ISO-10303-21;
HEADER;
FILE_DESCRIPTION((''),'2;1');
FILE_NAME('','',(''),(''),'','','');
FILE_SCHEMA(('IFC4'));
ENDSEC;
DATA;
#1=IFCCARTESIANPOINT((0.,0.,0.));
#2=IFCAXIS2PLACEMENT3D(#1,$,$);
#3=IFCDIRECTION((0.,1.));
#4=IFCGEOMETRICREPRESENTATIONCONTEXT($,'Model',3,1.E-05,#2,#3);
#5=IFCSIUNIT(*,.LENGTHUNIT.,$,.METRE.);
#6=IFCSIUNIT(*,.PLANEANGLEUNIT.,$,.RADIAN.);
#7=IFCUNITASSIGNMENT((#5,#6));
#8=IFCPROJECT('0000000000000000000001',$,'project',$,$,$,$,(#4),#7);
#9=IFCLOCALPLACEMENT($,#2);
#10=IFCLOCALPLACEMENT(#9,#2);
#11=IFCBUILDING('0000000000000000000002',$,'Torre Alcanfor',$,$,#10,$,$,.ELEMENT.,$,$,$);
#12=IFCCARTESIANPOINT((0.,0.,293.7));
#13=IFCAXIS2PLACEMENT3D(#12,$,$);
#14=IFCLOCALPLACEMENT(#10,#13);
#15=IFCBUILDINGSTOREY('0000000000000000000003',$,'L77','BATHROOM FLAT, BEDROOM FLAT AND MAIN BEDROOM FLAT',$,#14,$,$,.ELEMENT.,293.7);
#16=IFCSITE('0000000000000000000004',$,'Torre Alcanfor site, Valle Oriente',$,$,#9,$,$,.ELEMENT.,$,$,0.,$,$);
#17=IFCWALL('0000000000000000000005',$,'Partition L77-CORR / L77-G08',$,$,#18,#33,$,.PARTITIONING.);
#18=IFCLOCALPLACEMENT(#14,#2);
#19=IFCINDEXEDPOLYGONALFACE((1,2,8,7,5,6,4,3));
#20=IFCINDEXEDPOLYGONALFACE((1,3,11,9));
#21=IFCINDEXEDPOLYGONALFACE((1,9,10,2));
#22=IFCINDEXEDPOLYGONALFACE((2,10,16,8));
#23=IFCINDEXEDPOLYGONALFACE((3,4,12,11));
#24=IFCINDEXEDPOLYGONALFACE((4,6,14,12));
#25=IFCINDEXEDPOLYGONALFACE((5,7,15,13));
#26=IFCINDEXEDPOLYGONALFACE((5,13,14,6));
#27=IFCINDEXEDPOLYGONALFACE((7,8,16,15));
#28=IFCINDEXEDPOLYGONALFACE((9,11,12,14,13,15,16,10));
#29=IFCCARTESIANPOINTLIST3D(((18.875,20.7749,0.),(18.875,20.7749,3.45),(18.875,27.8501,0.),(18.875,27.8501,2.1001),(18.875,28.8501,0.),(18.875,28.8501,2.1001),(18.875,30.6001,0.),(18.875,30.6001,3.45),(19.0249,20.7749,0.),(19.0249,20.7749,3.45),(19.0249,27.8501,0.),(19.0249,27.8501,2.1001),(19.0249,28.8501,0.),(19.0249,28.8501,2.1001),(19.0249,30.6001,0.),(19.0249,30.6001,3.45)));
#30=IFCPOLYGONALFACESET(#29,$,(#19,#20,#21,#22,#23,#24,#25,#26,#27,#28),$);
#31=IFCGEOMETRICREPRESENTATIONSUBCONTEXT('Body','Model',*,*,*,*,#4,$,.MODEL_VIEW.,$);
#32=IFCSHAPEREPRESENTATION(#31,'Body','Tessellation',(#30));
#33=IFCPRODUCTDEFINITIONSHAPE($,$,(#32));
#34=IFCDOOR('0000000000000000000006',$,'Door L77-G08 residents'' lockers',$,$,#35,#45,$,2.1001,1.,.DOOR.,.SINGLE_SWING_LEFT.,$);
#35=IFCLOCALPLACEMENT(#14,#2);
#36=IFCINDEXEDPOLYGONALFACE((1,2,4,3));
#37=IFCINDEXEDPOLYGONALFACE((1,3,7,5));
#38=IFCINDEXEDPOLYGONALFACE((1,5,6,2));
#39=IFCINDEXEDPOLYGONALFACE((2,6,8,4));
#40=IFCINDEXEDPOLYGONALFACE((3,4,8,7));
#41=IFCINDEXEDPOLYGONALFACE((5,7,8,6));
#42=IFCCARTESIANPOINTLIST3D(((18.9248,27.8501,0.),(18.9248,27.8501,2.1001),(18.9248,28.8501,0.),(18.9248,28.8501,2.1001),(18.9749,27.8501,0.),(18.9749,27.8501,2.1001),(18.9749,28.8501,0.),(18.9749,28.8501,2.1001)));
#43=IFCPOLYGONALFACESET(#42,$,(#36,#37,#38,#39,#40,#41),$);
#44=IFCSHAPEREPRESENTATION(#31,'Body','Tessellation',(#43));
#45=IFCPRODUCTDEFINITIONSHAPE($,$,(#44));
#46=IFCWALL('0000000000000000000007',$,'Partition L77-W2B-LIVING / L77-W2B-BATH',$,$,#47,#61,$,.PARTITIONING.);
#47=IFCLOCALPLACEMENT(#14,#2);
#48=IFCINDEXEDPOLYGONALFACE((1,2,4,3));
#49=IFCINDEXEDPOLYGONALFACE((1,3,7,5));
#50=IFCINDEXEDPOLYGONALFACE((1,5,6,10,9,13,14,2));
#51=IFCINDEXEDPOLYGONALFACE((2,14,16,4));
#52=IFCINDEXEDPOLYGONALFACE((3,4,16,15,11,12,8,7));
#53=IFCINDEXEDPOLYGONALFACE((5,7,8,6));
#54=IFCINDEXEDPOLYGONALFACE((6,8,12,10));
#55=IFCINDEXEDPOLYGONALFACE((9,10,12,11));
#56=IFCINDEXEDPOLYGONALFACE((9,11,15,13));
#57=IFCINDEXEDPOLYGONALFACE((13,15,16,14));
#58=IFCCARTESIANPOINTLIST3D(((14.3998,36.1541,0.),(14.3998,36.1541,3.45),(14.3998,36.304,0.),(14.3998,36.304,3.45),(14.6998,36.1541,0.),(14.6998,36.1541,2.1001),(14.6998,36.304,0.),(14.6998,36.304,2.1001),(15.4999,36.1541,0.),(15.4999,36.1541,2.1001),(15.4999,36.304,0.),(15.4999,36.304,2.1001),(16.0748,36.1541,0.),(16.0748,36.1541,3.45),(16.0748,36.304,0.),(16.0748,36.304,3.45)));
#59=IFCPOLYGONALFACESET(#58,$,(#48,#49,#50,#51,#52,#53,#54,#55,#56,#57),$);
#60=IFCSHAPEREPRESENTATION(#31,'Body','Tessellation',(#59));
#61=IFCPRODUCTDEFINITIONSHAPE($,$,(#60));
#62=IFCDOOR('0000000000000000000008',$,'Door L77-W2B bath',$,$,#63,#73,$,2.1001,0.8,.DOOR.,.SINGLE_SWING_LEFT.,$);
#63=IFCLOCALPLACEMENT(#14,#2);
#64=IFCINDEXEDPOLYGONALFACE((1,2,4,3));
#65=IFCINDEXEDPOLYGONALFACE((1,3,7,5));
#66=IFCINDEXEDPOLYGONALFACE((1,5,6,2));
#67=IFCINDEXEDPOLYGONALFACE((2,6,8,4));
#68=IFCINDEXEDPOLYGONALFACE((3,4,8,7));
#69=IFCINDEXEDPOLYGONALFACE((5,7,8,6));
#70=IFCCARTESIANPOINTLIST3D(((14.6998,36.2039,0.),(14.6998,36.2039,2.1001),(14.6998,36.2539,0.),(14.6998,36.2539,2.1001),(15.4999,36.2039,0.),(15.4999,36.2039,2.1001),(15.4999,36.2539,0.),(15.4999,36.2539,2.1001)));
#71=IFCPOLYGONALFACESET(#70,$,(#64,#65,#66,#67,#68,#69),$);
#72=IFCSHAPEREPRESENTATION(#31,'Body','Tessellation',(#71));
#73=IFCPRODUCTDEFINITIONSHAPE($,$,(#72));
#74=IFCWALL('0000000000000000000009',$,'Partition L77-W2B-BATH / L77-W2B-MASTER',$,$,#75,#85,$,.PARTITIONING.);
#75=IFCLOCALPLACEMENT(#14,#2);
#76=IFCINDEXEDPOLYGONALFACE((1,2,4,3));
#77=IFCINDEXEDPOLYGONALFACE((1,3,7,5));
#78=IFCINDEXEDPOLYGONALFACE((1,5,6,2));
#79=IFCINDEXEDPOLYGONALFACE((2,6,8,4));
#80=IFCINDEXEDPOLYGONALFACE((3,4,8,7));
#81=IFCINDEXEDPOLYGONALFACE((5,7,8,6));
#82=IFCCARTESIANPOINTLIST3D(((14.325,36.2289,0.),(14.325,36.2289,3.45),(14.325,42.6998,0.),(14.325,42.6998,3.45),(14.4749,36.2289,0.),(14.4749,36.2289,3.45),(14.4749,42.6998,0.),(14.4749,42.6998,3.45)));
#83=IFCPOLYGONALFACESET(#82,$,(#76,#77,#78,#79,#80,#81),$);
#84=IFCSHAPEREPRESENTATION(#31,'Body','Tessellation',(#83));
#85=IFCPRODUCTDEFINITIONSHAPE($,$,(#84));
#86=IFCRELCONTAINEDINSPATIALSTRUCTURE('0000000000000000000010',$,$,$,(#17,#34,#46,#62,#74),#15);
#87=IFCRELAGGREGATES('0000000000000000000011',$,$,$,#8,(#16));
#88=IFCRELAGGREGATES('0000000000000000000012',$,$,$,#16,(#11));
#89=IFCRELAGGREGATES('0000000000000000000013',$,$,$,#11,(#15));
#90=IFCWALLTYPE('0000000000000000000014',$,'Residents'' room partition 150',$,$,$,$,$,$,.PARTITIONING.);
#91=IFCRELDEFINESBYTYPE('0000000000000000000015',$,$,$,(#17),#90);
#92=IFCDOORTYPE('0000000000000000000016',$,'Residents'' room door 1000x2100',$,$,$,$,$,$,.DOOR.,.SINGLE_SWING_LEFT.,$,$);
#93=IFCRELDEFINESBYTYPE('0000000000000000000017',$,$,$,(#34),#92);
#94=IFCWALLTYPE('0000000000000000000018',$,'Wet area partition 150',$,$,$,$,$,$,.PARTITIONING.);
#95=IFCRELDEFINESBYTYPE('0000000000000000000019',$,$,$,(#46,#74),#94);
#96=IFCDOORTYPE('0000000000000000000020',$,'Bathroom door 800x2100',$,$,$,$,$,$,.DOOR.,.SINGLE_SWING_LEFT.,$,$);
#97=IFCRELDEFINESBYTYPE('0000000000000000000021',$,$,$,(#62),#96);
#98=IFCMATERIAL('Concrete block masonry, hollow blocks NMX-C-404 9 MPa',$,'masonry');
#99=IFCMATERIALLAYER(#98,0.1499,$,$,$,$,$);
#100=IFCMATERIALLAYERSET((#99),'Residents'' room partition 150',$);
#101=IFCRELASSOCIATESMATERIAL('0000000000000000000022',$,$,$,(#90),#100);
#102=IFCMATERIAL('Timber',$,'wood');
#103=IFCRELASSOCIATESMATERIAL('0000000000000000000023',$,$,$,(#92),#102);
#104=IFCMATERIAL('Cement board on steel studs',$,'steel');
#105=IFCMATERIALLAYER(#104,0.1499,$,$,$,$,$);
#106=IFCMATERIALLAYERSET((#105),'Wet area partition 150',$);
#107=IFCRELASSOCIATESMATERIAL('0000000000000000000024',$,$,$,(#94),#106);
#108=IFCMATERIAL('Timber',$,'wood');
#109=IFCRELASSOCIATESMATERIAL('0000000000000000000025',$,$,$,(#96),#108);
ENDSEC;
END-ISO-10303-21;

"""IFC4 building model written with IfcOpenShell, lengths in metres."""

from ifc_helpers import new_model, si_unit, direction, frame, frame_2d, origin, place, context, subcontext, project, spatial, rectangle, extrude, material, layer, layer_set, type_object, element, fill, save


model = new_model("IFC4")

# Units and contexts
model_context = context("Model", 3, precision=1e-05, world=origin(), true_north=direction((0.0, 1.0)))
body_context = subcontext(model_context, "Body", "Model", "MODEL_VIEW")
ifc_project = project(units=[si_unit("LENGTHUNIT", "METRE"), si_unit("PLANEANGLEUNIT", "RADIAN")], contexts=[model_context])

# Site, building, storey
site_placement = place(None, origin())
site = spatial("IfcSite", under=ifc_project, at=site_placement, Name="Torre Alcanfor site, Valle Oriente", CompositionType="ELEMENT", RefElevation=0.0)
building_placement = place(site_placement, origin())
building = spatial("IfcBuilding", under=site, at=building_placement, Name="Torre Alcanfor", CompositionType="ELEMENT")
storey_placement = place(building_placement, frame((0.0, 0.0, 293.7)))
storey = spatial("IfcBuildingStorey", under=building, at=storey_placement, Name="L77", Description="BATHROOM FLAT, BEDROOM FLAT AND MAIN BEDROOM FLAT", CompositionType="ELEMENT", Elevation=293.7)

# Walls, openings, doors
ifc_material_1 = material(Name="Concrete block masonry, hollow blocks NMX-C-404 9 MPa", Category="masonry")
ifc_layer_1 = layer(ifc_material_1, 0.1499)
ifc_layer_set_1 = layer_set([ifc_layer_1], Name="Residents' room partition 150")
wall_type_1 = type_object("IfcWallType", Name="Residents' room partition 150", PredefinedType="PARTITIONING", material=ifc_layer_set_1)
wall_1_placement = place(storey_placement, frame((18.95, 30.6001, 0.0), z_axis=(0.0, 0.0, 1.0), x_axis=(0.0, -1.0, 0.0)))
wall_1 = element("IfcWall", 1, at=wall_1_placement, inside=storey, type_object=wall_type_1, Name="Partition L77-CORR / L77-G08", PredefinedType="PARTITIONING", context=body_context, shape_type="SweptSolid", body=[
    extrude(rectangle(XDim=9.8252, YDim=0.1499, at=frame_2d((4.9126, 0.0))), origin(), (0.0, 0.0, 1.0), 3.45),
])
opening_1_placement = place(wall_1_placement, frame((1.75, 0.0, 0.0)))
opening_1 = element("IfcOpeningElement", 2, at=opening_1_placement, cuts=wall_1, PredefinedType="OPENING", context=body_context, shape_type="SweptSolid", body=[
    extrude(rectangle(XDim=1.0, YDim=2.1001, at=frame_2d((0.5, 1.05))), frame((0.0, 0.085, 0.0), z_axis=(0.0, -1.0, 0.0), x_axis=(1.0, 0.0, 0.0)), (0.0, 0.0, 1.0), 0.1699),
])
ifc_material_2 = material(Name="Timber", Category="wood")
door_type_1 = type_object("IfcDoorType", Name="Residents' room door 1000x2100", OperationType="SINGLE_SWING_LEFT", PredefinedType="DOOR", material=ifc_material_2)
door_1_placement = place(opening_1_placement, origin())
door_1 = element("IfcDoor", 3, at=door_1_placement, inside=storey, type_object=door_type_1, Name="Door L77-G08 residents' lockers", OperationType="SINGLE_SWING_LEFT", OverallHeight=2.1001, OverallWidth=1.0, PredefinedType="DOOR", context=body_context, shape_type="SweptSolid", body=[
    extrude(rectangle(XDim=1.0, YDim=2.1001, at=frame_2d((0.5, 1.05))), frame((0.0, 0.0249, 0.0), z_axis=(0.0, -1.0, 0.0), x_axis=(1.0, 0.0, 0.0)), (0.0, 0.0, 1.0), 0.05),
])
fill(opening_1, door_1)
ifc_material_3 = material(Name="Cement board on steel studs", Category="steel")
ifc_layer_2 = layer(ifc_material_3, 0.1499)
ifc_layer_set_2 = layer_set([ifc_layer_2], Name="Wet area partition 150")
wall_type_2 = type_object("IfcWallType", Name="Wet area partition 150", PredefinedType="PARTITIONING", material=ifc_layer_set_2)
wall_2_placement = place(storey_placement, frame((14.3999, 36.229, 0.0), z_axis=(0.0, 0.0, 1.0), x_axis=(1.0, 0.0, 0.0)))
wall_2 = element("IfcWall", 4, at=wall_2_placement, inside=storey, type_object=wall_type_2, Name="Partition L77-W2B-LIVING / L77-W2B-BATH", PredefinedType="PARTITIONING", context=body_context, shape_type="SweptSolid", body=[
    extrude(rectangle(XDim=1.675, YDim=0.1499, at=frame_2d((0.8374, 0.0))), origin(), (0.0, 0.0, 1.0), 3.45),
])
opening_2_placement = place(wall_2_placement, frame((0.3, 0.0, 0.0)))
opening_2 = element("IfcOpeningElement", 5, at=opening_2_placement, cuts=wall_2, PredefinedType="OPENING", context=body_context, shape_type="SweptSolid", body=[
    extrude(rectangle(XDim=0.8, YDim=2.1001, at=frame_2d((0.3999, 1.05))), frame((0.0, 0.085, 0.0), z_axis=(0.0, -1.0, 0.0), x_axis=(1.0, 0.0, 0.0)), (0.0, 0.0, 1.0), 0.1699),
])
ifc_material_4 = material(Name="Timber", Category="wood")
door_type_2 = type_object("IfcDoorType", Name="Bathroom door 800x2100", OperationType="SINGLE_SWING_LEFT", PredefinedType="DOOR", material=ifc_material_4)
door_2_placement = place(opening_2_placement, origin())
door_2 = element("IfcDoor", 6, at=door_2_placement, inside=storey, type_object=door_type_2, Name="Door L77-W2B bath", OperationType="SINGLE_SWING_LEFT", OverallHeight=2.1001, OverallWidth=0.8, PredefinedType="DOOR", context=body_context, shape_type="SweptSolid", body=[
    extrude(rectangle(XDim=0.8, YDim=2.1001, at=frame_2d((0.3999, 1.05))), frame((0.0, 0.0249, 0.0), z_axis=(0.0, -1.0, 0.0), x_axis=(1.0, 0.0, 0.0)), (0.0, 0.0, 1.0), 0.05),
])
fill(opening_2, door_2)

# Wall
wall_3_placement = place(storey_placement, frame((14.3999, 36.229, 0.0), z_axis=(0.0, 0.0, 1.0), x_axis=(0.0, 1.0, 0.0)))
element("IfcWall", 7, at=wall_3_placement, inside=storey, type_object=wall_type_2, Name="Partition L77-W2B-BATH / L77-W2B-MASTER", PredefinedType="PARTITIONING", context=body_context, shape_type="SweptSolid", body=[
    extrude(rectangle(XDim=6.4709, YDim=0.1499, at=frame_2d((3.2354, 0.0))), origin(), (0.0, 0.0, 1.0), 3.45),
])

save(model, "model.ifc")
